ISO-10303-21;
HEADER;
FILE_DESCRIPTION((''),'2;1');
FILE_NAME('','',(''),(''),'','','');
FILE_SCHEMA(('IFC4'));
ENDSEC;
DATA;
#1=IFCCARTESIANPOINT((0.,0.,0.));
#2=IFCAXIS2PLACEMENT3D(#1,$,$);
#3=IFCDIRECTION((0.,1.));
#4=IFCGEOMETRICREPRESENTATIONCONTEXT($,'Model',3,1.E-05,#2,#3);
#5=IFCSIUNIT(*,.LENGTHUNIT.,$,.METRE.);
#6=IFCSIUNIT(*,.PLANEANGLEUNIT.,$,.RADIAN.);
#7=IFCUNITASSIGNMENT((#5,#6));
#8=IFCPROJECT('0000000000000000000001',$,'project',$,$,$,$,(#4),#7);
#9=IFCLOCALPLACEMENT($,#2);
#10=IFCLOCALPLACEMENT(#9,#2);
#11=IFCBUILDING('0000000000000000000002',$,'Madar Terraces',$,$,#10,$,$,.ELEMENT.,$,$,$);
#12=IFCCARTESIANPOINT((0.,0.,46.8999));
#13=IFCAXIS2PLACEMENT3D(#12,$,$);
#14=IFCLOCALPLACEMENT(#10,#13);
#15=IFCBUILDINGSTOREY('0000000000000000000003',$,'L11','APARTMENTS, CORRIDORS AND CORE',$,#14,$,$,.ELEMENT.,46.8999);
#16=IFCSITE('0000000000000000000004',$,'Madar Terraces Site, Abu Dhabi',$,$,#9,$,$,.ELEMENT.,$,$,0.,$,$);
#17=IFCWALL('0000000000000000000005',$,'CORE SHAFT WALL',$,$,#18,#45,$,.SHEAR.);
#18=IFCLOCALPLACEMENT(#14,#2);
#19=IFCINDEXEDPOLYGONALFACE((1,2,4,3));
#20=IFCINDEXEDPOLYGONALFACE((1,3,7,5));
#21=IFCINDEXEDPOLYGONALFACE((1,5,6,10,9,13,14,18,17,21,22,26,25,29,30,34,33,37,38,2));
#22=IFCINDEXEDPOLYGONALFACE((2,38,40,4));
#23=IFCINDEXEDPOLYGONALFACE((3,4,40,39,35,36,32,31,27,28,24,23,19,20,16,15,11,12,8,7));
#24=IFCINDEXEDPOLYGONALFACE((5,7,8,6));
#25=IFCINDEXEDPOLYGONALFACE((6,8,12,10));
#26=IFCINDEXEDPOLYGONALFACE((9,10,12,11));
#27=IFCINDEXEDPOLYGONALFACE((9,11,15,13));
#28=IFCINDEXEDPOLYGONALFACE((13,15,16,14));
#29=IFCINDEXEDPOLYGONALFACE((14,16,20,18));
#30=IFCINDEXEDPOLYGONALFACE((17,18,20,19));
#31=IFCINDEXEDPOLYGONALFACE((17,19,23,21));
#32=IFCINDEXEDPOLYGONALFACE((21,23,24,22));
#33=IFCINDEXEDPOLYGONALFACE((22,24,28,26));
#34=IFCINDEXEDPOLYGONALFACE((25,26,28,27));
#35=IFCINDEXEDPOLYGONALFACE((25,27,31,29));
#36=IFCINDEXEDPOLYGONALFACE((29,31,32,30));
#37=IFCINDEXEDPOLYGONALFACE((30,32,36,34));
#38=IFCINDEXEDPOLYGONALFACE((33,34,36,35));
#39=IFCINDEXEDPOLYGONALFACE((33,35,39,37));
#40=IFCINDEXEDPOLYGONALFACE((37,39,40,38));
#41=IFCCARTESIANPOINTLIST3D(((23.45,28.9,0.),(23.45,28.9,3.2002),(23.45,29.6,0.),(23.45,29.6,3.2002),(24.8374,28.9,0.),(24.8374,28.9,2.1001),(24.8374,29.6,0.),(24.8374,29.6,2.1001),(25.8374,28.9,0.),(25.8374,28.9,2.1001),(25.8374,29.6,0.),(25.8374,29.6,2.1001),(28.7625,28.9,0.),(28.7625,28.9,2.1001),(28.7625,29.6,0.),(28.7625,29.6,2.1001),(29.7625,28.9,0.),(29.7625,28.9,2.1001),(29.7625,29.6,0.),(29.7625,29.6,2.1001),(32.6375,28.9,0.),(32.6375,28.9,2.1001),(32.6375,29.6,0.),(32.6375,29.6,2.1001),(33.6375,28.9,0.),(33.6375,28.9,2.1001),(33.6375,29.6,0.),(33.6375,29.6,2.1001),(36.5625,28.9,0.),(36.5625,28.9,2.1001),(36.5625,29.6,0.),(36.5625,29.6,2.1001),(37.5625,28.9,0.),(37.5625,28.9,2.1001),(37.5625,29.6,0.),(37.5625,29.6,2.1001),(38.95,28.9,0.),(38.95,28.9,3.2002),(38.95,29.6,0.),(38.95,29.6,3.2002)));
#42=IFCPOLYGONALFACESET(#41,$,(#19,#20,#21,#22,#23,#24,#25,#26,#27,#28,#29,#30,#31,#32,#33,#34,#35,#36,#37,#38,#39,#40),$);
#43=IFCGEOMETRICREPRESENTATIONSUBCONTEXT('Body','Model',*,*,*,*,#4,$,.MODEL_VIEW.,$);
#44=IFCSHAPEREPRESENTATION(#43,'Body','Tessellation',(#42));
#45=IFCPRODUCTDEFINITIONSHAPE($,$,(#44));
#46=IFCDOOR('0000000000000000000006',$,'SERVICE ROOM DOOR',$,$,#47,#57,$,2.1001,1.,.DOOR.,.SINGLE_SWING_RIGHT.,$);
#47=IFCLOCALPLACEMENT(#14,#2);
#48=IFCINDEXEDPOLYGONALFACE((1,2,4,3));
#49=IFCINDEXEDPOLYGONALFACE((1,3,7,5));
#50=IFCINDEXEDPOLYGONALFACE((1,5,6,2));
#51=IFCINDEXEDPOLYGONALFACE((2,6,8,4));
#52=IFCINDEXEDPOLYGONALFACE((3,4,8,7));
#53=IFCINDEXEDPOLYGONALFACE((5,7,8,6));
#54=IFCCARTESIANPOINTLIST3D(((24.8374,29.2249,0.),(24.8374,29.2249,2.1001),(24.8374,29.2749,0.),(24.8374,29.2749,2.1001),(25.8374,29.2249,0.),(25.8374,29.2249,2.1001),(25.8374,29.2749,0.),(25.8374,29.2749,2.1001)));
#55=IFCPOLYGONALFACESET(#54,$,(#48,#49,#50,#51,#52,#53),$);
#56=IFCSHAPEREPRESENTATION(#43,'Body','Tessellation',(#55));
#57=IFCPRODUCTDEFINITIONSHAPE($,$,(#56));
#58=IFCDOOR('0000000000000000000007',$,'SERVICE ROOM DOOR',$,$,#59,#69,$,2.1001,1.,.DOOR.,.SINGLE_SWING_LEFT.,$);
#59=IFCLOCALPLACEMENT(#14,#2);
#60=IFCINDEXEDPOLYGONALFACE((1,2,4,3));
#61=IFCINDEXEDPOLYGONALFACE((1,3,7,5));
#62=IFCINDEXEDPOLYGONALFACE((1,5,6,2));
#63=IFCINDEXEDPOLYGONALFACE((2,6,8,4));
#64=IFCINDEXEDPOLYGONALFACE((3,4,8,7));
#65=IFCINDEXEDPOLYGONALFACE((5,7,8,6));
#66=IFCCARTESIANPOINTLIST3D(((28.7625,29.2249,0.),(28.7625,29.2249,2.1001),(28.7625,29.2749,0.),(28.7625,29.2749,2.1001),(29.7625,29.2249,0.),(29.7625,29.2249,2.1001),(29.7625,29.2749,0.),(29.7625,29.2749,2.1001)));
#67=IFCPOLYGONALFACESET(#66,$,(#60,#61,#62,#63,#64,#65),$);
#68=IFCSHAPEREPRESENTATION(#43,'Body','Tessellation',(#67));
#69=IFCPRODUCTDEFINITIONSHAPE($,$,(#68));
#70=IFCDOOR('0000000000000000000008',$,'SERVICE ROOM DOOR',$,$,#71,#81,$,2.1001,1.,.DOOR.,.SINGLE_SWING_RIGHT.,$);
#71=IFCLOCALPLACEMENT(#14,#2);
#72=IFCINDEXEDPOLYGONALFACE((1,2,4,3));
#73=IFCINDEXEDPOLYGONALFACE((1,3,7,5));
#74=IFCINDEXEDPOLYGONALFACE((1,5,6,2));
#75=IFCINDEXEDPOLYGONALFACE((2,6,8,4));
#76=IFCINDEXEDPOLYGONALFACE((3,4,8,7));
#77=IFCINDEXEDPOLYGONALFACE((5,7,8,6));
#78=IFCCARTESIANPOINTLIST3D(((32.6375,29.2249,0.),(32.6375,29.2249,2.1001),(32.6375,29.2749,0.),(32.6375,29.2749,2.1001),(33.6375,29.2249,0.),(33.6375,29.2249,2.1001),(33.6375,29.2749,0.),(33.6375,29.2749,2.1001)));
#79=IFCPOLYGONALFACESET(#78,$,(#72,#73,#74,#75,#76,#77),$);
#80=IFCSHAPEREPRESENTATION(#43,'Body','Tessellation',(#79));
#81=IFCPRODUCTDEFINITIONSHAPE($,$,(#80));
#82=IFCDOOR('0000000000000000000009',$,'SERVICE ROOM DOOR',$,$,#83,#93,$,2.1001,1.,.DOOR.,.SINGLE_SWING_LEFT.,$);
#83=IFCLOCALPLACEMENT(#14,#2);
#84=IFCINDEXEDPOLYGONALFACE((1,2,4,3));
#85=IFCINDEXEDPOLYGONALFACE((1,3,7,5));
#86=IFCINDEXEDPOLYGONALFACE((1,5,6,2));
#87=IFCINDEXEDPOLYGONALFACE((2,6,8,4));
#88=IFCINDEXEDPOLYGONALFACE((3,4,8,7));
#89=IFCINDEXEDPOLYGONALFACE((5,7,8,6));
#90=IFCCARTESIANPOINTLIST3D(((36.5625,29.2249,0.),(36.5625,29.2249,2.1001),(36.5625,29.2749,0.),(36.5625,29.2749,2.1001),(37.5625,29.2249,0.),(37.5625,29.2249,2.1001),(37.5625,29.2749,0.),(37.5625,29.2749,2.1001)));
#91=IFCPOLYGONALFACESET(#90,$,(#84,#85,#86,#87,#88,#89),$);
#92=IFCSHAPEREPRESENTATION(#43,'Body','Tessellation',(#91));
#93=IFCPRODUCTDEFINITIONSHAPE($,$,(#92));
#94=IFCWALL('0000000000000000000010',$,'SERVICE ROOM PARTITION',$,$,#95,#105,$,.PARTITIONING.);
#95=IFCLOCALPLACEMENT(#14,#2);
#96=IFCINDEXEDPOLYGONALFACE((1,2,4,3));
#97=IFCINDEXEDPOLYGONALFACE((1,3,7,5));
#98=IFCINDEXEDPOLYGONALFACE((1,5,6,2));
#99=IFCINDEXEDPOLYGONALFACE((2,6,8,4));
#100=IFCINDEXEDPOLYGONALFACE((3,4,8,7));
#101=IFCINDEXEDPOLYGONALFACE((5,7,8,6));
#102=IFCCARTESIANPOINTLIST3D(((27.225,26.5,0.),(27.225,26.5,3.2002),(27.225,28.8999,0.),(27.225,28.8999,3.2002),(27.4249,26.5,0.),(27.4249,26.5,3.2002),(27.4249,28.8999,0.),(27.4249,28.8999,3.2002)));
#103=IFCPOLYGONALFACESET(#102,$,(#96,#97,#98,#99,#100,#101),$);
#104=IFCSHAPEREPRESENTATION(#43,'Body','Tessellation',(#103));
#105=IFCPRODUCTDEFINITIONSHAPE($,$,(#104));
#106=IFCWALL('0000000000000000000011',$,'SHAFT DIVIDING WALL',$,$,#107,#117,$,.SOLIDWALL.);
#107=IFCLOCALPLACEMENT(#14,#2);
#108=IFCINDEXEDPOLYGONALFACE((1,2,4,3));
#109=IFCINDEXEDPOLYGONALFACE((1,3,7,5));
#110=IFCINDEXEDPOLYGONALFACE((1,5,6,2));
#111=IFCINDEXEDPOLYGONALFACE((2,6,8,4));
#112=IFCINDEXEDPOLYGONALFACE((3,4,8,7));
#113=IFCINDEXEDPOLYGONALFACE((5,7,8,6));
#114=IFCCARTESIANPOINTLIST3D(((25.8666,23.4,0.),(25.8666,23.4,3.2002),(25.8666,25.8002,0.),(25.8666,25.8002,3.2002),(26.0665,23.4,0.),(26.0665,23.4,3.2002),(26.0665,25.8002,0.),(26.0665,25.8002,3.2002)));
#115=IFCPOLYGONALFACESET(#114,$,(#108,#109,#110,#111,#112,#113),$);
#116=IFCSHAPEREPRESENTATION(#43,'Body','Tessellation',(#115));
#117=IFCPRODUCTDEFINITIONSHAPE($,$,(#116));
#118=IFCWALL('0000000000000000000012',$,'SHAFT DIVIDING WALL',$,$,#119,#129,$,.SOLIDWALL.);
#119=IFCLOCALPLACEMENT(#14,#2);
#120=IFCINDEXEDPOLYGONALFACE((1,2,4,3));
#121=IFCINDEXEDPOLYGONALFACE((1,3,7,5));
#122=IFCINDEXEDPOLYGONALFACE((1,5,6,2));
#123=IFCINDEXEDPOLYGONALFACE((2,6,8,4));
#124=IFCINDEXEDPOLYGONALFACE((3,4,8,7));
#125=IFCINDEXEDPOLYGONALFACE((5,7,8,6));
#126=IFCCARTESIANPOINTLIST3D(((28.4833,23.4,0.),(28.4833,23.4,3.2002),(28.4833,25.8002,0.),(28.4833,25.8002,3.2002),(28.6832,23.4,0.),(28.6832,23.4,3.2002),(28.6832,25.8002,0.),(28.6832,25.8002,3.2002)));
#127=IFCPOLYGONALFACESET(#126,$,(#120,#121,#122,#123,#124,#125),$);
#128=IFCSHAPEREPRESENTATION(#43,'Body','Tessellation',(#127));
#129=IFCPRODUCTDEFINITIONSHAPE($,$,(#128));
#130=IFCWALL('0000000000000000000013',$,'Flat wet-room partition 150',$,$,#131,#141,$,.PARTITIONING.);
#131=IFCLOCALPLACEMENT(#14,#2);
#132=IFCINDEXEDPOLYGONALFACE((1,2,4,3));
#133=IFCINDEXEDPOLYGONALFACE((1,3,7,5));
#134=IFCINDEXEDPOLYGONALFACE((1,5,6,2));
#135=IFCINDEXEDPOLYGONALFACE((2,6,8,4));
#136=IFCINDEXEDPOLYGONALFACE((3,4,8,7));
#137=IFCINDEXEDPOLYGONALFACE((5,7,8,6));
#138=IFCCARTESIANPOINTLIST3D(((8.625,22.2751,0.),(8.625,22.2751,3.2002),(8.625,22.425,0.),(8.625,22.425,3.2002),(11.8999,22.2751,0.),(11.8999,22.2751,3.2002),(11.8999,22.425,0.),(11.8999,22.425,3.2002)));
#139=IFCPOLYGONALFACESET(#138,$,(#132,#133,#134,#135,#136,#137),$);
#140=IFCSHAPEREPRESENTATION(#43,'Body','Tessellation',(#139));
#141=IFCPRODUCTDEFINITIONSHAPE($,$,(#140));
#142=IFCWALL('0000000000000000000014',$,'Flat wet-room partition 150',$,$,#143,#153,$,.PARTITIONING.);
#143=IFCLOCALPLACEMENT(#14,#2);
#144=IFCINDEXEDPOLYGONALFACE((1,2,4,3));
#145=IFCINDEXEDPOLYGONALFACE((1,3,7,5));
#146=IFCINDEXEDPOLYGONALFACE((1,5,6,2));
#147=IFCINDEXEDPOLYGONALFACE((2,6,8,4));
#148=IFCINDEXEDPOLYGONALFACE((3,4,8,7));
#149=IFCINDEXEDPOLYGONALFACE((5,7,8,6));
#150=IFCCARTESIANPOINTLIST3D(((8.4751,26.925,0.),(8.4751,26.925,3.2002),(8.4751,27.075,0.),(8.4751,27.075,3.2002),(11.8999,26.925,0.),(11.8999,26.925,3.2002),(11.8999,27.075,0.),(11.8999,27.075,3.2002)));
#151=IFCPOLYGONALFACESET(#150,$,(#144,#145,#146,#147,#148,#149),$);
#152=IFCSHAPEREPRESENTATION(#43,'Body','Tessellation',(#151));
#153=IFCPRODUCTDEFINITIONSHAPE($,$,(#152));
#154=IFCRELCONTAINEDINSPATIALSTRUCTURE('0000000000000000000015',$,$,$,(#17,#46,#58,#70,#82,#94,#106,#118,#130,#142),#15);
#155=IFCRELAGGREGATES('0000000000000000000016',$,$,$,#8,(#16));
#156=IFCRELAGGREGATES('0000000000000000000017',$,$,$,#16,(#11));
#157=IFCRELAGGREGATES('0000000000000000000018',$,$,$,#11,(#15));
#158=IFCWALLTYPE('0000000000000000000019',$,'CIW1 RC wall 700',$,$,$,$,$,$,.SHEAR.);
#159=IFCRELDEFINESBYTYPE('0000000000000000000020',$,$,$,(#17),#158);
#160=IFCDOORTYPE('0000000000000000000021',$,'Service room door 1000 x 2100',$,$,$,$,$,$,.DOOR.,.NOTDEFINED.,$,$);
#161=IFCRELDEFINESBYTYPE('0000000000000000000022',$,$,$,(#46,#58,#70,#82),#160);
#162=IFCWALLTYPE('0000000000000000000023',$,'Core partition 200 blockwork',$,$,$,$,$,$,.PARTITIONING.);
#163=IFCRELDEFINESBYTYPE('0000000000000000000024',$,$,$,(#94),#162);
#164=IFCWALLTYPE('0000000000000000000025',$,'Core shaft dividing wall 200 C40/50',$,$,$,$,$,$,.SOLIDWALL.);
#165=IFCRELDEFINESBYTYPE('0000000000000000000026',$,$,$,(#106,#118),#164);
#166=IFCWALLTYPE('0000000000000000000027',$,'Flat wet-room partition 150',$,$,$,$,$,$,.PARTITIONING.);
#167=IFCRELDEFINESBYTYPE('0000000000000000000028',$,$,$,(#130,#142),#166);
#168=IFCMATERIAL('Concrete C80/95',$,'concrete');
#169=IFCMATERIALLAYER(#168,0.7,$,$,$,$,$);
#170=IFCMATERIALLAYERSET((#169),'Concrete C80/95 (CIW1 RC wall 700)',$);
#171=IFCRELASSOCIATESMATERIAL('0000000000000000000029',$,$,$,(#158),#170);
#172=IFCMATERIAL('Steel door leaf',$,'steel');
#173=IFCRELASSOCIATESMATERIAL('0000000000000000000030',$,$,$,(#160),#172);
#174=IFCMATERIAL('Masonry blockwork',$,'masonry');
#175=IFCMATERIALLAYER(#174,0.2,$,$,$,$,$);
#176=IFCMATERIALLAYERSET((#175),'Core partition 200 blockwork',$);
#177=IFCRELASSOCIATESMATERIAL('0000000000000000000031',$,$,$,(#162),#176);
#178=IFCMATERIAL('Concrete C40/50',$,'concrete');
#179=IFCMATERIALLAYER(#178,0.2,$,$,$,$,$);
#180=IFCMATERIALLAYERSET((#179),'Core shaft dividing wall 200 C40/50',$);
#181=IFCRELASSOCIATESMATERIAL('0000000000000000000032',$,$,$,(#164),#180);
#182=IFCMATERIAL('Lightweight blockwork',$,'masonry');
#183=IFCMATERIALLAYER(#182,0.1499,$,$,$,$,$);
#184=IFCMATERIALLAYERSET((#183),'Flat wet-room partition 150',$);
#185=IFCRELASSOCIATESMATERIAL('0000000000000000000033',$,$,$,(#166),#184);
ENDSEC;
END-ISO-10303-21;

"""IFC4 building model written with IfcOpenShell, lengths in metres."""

from ifc_helpers import new_model, si_unit, direction, frame, frame_2d, origin, place, context, subcontext, project, spatial, rectangle, extrude, material, layer, layer_set, type_object, element, fill, save


model = new_model("IFC4")

# Units and contexts
model_context = context("Model", 3, precision=1e-05, world=origin(), true_north=direction((0.0, 1.0)))
body_context = subcontext(model_context, "Body", "Model", "MODEL_VIEW")
ifc_project = project(units=[si_unit("LENGTHUNIT", "METRE"), si_unit("PLANEANGLEUNIT", "RADIAN")], contexts=[model_context])

# Site, building, storey
site_placement = place(None, origin())
site = spatial("IfcSite", under=ifc_project, at=site_placement, Name="Madar Terraces Site, Abu Dhabi", CompositionType="ELEMENT", RefElevation=0.0)
building_placement = place(site_placement, origin())
building = spatial("IfcBuilding", under=site, at=building_placement, Name="Madar Terraces", CompositionType="ELEMENT")
storey_placement = place(building_placement, frame((0.0, 0.0, 46.8999)))
storey = spatial("IfcBuildingStorey", under=building, at=storey_placement, Name="L11", Description="APARTMENTS, CORRIDORS AND CORE", CompositionType="ELEMENT", Elevation=46.8999)

# Shared definitions
ifc_material_1 = material(Name="Concrete C80/95", Category="concrete")
ifc_layer_1 = layer(ifc_material_1, 0.7)
ifc_layer_set_1 = layer_set([ifc_layer_1], Name="Concrete C80/95 (CIW1 RC wall 700)")
wall_type_1 = type_object("IfcWallType", Name="CIW1 RC wall 700", PredefinedType="SHEAR", material=ifc_layer_set_1)

# Shared definitions
ifc_material_2 = material(Name="Steel door leaf", Category="steel")
door_type_1 = type_object("IfcDoorType", Name="Service room door 1000 x 2100", OperationType="NOTDEFINED", PredefinedType="DOOR", material=ifc_material_2)

# Wall, openings, doors
wall_1_placement = place(storey_placement, frame((23.45, 29.25, 0.0), z_axis=(0.0, 0.0, 1.0), x_axis=(1.0, 0.0, 0.0)))
wall_1 = element("IfcWall", 1, at=wall_1_placement, inside=storey, type_object=wall_type_1, Name="CORE SHAFT WALL", PredefinedType="SHEAR", context=body_context, shape_type="SweptSolid", body=[
    extrude(rectangle(XDim=15.5, YDim=0.7, at=frame_2d((7.75, 0.0))), origin(), (0.0, 0.0, 1.0), 3.2002),
])
opening_1_placement = place(wall_1_placement, frame((1.3875, 0.0, 0.0)))
opening_1 = element("IfcOpeningElement", 2, at=opening_1_placement, cuts=wall_1, PredefinedType="OPENING", context=body_context, shape_type="SweptSolid", body=[
    extrude(rectangle(XDim=1.0, YDim=2.1001, at=frame_2d((0.5, 1.05))), frame((0.0, 0.3599, 0.0), z_axis=(0.0, -1.0, 0.0), x_axis=(1.0, 0.0, 0.0)), (0.0, 0.0, 1.0), 0.72),
])
opening_2_placement = place(wall_1_placement, frame((5.3125, 0.0, 0.0)))
opening_2 = element("IfcOpeningElement", 3, at=opening_2_placement, cuts=wall_1, PredefinedType="OPENING", context=body_context, shape_type="SweptSolid", body=[
    extrude(rectangle(XDim=1.0, YDim=2.1001, at=frame_2d((0.5, 1.05))), frame((0.0, 0.3599, 0.0), z_axis=(0.0, -1.0, 0.0), x_axis=(1.0, 0.0, 0.0)), (0.0, 0.0, 1.0), 0.72),
])
opening_3_placement = place(wall_1_placement, frame((9.1875, 0.0, 0.0)))
opening_3 = element("IfcOpeningElement", 4, at=opening_3_placement, cuts=wall_1, PredefinedType="OPENING", context=body_context, shape_type="SweptSolid", body=[
    extrude(rectangle(XDim=1.0, YDim=2.1001, at=frame_2d((0.5, 1.05))), frame((0.0, 0.3599, 0.0), z_axis=(0.0, -1.0, 0.0), x_axis=(1.0, 0.0, 0.0)), (0.0, 0.0, 1.0), 0.72),
])
opening_4_placement = place(wall_1_placement, frame((13.1125, 0.0, 0.0)))
opening_4 = element("IfcOpeningElement", 5, at=opening_4_placement, cuts=wall_1, PredefinedType="OPENING", context=body_context, shape_type="SweptSolid", body=[
    extrude(rectangle(XDim=1.0, YDim=2.1001, at=frame_2d((0.5, 1.05))), frame((0.0, 0.3599, 0.0), z_axis=(0.0, -1.0, 0.0), x_axis=(1.0, 0.0, 0.0)), (0.0, 0.0, 1.0), 0.72),
])
door_1_placement = place(opening_1_placement, origin())
door_1 = element("IfcDoor", 6, at=door_1_placement, inside=storey, type_object=door_type_1, Name="SERVICE ROOM DOOR", OperationType="SINGLE_SWING_RIGHT", OverallHeight=2.1001, OverallWidth=1.0, PredefinedType="DOOR", context=body_context, shape_type="SweptSolid", body=[
    extrude(rectangle(XDim=1.0, YDim=2.1001, at=frame_2d((0.5, 1.05))), frame((0.0, 0.0249, 0.0), z_axis=(0.0, -1.0, 0.0), x_axis=(1.0, 0.0, 0.0)), (0.0, 0.0, 1.0), 0.05),
])
fill(opening_1, door_1)
door_2_placement = place(opening_2_placement, origin())
door_2 = element("IfcDoor", 7, at=door_2_placement, inside=storey, type_object=door_type_1, Name="SERVICE ROOM DOOR", OperationType="SINGLE_SWING_LEFT", OverallHeight=2.1001, OverallWidth=1.0, PredefinedType="DOOR", context=body_context, shape_type="SweptSolid", body=[
    extrude(rectangle(XDim=1.0, YDim=2.1001, at=frame_2d((0.5, 1.05))), frame((0.0, 0.0249, 0.0), z_axis=(0.0, -1.0, 0.0), x_axis=(1.0, 0.0, 0.0)), (0.0, 0.0, 1.0), 0.05),
])
fill(opening_2, door_2)
door_3_placement = place(opening_3_placement, origin())
door_3 = element("IfcDoor", 8, at=door_3_placement, inside=storey, type_object=door_type_1, Name="SERVICE ROOM DOOR", OperationType="SINGLE_SWING_RIGHT", OverallHeight=2.1001, OverallWidth=1.0, PredefinedType="DOOR", context=body_context, shape_type="SweptSolid", body=[
    extrude(rectangle(XDim=1.0, YDim=2.1001, at=frame_2d((0.5, 1.05))), frame((0.0, 0.0249, 0.0), z_axis=(0.0, -1.0, 0.0), x_axis=(1.0, 0.0, 0.0)), (0.0, 0.0, 1.0), 0.05),
])
fill(opening_3, door_3)
door_4_placement = place(opening_4_placement, origin())
door_4 = element("IfcDoor", 9, at=door_4_placement, inside=storey, type_object=door_type_1, Name="SERVICE ROOM DOOR", OperationType="SINGLE_SWING_LEFT", OverallHeight=2.1001, OverallWidth=1.0, PredefinedType="DOOR", context=body_context, shape_type="SweptSolid", body=[
    extrude(rectangle(XDim=1.0, YDim=2.1001, at=frame_2d((0.5, 1.05))), frame((0.0, 0.0249, 0.0), z_axis=(0.0, -1.0, 0.0), x_axis=(1.0, 0.0, 0.0)), (0.0, 0.0, 1.0), 0.05),
])
fill(opening_4, door_4)

# Walls
ifc_material_3 = material(Name="Masonry blockwork", Category="masonry")
ifc_layer_2 = layer(ifc_material_3, 0.2)
ifc_layer_set_2 = layer_set([ifc_layer_2], Name="Core partition 200 blockwork")
wall_type_2 = type_object("IfcWallType", Name="Core partition 200 blockwork", PredefinedType="PARTITIONING", material=ifc_layer_set_2)
wall_2_placement = place(storey_placement, frame((27.325, 26.5, 0.0), z_axis=(0.0, 0.0, 1.0), x_axis=(0.0, 1.0, 0.0)))
element("IfcWall", 10, at=wall_2_placement, inside=storey, type_object=wall_type_2, Name="SERVICE ROOM PARTITION", PredefinedType="PARTITIONING", context=body_context, shape_type="SweptSolid", body=[
    extrude(rectangle(XDim=2.3999, YDim=0.2, at=frame_2d((1.2, 0.0))), origin(), (0.0, 0.0, 1.0), 3.2002),
])
ifc_material_4 = material(Name="Concrete C40/50", Category="concrete")
ifc_layer_3 = layer(ifc_material_4, 0.2)
ifc_layer_set_3 = layer_set([ifc_layer_3], Name="Core shaft dividing wall 200 C40/50")
wall_type_3 = type_object("IfcWallType", Name="Core shaft dividing wall 200 C40/50", PredefinedType="SOLIDWALL", material=ifc_layer_set_3)
for number, where, z_axis, x_axis, name in (
    (11, (25.9666, 23.3999, 0.0), (0.0, 0.0, 1.0), (0.0, 1.0, 0.0), "SHAFT DIVIDING WALL"),
    (12, (28.5833, 23.3999, 0.0), (0.0, 0.0, 1.0), (0.0, 1.0, 0.0), "SHAFT DIVIDING WALL"),
):
    element("IfcWall", number, at=place(storey_placement, frame(where, z_axis=z_axis, x_axis=x_axis)), inside=storey, type_object=wall_type_3, Name=name, PredefinedType="SOLIDWALL", context=body_context, shape_type="SweptSolid", body=[
        extrude(rectangle(XDim=2.4001, YDim=0.2, at=frame_2d((1.2002, 0.0))), origin(), (0.0, 0.0, 1.0), 3.2002),
    ])
ifc_material_5 = material(Name="Lightweight blockwork", Category="masonry")
ifc_layer_4 = layer(ifc_material_5, 0.1499)
ifc_layer_set_4 = layer_set([ifc_layer_4], Name="Flat wet-room partition 150")
wall_type_4 = type_object("IfcWallType", Name="Flat wet-room partition 150", PredefinedType="PARTITIONING", material=ifc_layer_set_4)
wall_3_placement = place(storey_placement, frame((11.8999, 22.3501, 0.0), z_axis=(0.0, 0.0, 1.0), x_axis=(-1.0, 0.0, 0.0)))
element("IfcWall", 13, at=wall_3_placement, inside=storey, type_object=wall_type_4, Name="Flat wet-room partition 150", PredefinedType="PARTITIONING", context=body_context, shape_type="SweptSolid", body=[
    extrude(rectangle(XDim=3.2749, YDim=0.1499, at=frame_2d((1.6375, 0.0))), origin(), (0.0, 0.0, 1.0), 3.2002),
])
wall_4_placement = place(storey_placement, frame((11.8999, 27.0, 0.0), z_axis=(0.0, 0.0, 1.0), x_axis=(-1.0, 0.0, 0.0)))
element("IfcWall", 14, at=wall_4_placement, inside=storey, type_object=wall_type_4, Name="Flat wet-room partition 150", PredefinedType="PARTITIONING", context=body_context, shape_type="SweptSolid", body=[
    extrude(rectangle(XDim=3.4248, YDim=0.1499, at=frame_2d((1.7124, 0.0))), origin(), (0.0, 0.0, 1.0), 3.2002),
])

save(model, "model.ifc")
